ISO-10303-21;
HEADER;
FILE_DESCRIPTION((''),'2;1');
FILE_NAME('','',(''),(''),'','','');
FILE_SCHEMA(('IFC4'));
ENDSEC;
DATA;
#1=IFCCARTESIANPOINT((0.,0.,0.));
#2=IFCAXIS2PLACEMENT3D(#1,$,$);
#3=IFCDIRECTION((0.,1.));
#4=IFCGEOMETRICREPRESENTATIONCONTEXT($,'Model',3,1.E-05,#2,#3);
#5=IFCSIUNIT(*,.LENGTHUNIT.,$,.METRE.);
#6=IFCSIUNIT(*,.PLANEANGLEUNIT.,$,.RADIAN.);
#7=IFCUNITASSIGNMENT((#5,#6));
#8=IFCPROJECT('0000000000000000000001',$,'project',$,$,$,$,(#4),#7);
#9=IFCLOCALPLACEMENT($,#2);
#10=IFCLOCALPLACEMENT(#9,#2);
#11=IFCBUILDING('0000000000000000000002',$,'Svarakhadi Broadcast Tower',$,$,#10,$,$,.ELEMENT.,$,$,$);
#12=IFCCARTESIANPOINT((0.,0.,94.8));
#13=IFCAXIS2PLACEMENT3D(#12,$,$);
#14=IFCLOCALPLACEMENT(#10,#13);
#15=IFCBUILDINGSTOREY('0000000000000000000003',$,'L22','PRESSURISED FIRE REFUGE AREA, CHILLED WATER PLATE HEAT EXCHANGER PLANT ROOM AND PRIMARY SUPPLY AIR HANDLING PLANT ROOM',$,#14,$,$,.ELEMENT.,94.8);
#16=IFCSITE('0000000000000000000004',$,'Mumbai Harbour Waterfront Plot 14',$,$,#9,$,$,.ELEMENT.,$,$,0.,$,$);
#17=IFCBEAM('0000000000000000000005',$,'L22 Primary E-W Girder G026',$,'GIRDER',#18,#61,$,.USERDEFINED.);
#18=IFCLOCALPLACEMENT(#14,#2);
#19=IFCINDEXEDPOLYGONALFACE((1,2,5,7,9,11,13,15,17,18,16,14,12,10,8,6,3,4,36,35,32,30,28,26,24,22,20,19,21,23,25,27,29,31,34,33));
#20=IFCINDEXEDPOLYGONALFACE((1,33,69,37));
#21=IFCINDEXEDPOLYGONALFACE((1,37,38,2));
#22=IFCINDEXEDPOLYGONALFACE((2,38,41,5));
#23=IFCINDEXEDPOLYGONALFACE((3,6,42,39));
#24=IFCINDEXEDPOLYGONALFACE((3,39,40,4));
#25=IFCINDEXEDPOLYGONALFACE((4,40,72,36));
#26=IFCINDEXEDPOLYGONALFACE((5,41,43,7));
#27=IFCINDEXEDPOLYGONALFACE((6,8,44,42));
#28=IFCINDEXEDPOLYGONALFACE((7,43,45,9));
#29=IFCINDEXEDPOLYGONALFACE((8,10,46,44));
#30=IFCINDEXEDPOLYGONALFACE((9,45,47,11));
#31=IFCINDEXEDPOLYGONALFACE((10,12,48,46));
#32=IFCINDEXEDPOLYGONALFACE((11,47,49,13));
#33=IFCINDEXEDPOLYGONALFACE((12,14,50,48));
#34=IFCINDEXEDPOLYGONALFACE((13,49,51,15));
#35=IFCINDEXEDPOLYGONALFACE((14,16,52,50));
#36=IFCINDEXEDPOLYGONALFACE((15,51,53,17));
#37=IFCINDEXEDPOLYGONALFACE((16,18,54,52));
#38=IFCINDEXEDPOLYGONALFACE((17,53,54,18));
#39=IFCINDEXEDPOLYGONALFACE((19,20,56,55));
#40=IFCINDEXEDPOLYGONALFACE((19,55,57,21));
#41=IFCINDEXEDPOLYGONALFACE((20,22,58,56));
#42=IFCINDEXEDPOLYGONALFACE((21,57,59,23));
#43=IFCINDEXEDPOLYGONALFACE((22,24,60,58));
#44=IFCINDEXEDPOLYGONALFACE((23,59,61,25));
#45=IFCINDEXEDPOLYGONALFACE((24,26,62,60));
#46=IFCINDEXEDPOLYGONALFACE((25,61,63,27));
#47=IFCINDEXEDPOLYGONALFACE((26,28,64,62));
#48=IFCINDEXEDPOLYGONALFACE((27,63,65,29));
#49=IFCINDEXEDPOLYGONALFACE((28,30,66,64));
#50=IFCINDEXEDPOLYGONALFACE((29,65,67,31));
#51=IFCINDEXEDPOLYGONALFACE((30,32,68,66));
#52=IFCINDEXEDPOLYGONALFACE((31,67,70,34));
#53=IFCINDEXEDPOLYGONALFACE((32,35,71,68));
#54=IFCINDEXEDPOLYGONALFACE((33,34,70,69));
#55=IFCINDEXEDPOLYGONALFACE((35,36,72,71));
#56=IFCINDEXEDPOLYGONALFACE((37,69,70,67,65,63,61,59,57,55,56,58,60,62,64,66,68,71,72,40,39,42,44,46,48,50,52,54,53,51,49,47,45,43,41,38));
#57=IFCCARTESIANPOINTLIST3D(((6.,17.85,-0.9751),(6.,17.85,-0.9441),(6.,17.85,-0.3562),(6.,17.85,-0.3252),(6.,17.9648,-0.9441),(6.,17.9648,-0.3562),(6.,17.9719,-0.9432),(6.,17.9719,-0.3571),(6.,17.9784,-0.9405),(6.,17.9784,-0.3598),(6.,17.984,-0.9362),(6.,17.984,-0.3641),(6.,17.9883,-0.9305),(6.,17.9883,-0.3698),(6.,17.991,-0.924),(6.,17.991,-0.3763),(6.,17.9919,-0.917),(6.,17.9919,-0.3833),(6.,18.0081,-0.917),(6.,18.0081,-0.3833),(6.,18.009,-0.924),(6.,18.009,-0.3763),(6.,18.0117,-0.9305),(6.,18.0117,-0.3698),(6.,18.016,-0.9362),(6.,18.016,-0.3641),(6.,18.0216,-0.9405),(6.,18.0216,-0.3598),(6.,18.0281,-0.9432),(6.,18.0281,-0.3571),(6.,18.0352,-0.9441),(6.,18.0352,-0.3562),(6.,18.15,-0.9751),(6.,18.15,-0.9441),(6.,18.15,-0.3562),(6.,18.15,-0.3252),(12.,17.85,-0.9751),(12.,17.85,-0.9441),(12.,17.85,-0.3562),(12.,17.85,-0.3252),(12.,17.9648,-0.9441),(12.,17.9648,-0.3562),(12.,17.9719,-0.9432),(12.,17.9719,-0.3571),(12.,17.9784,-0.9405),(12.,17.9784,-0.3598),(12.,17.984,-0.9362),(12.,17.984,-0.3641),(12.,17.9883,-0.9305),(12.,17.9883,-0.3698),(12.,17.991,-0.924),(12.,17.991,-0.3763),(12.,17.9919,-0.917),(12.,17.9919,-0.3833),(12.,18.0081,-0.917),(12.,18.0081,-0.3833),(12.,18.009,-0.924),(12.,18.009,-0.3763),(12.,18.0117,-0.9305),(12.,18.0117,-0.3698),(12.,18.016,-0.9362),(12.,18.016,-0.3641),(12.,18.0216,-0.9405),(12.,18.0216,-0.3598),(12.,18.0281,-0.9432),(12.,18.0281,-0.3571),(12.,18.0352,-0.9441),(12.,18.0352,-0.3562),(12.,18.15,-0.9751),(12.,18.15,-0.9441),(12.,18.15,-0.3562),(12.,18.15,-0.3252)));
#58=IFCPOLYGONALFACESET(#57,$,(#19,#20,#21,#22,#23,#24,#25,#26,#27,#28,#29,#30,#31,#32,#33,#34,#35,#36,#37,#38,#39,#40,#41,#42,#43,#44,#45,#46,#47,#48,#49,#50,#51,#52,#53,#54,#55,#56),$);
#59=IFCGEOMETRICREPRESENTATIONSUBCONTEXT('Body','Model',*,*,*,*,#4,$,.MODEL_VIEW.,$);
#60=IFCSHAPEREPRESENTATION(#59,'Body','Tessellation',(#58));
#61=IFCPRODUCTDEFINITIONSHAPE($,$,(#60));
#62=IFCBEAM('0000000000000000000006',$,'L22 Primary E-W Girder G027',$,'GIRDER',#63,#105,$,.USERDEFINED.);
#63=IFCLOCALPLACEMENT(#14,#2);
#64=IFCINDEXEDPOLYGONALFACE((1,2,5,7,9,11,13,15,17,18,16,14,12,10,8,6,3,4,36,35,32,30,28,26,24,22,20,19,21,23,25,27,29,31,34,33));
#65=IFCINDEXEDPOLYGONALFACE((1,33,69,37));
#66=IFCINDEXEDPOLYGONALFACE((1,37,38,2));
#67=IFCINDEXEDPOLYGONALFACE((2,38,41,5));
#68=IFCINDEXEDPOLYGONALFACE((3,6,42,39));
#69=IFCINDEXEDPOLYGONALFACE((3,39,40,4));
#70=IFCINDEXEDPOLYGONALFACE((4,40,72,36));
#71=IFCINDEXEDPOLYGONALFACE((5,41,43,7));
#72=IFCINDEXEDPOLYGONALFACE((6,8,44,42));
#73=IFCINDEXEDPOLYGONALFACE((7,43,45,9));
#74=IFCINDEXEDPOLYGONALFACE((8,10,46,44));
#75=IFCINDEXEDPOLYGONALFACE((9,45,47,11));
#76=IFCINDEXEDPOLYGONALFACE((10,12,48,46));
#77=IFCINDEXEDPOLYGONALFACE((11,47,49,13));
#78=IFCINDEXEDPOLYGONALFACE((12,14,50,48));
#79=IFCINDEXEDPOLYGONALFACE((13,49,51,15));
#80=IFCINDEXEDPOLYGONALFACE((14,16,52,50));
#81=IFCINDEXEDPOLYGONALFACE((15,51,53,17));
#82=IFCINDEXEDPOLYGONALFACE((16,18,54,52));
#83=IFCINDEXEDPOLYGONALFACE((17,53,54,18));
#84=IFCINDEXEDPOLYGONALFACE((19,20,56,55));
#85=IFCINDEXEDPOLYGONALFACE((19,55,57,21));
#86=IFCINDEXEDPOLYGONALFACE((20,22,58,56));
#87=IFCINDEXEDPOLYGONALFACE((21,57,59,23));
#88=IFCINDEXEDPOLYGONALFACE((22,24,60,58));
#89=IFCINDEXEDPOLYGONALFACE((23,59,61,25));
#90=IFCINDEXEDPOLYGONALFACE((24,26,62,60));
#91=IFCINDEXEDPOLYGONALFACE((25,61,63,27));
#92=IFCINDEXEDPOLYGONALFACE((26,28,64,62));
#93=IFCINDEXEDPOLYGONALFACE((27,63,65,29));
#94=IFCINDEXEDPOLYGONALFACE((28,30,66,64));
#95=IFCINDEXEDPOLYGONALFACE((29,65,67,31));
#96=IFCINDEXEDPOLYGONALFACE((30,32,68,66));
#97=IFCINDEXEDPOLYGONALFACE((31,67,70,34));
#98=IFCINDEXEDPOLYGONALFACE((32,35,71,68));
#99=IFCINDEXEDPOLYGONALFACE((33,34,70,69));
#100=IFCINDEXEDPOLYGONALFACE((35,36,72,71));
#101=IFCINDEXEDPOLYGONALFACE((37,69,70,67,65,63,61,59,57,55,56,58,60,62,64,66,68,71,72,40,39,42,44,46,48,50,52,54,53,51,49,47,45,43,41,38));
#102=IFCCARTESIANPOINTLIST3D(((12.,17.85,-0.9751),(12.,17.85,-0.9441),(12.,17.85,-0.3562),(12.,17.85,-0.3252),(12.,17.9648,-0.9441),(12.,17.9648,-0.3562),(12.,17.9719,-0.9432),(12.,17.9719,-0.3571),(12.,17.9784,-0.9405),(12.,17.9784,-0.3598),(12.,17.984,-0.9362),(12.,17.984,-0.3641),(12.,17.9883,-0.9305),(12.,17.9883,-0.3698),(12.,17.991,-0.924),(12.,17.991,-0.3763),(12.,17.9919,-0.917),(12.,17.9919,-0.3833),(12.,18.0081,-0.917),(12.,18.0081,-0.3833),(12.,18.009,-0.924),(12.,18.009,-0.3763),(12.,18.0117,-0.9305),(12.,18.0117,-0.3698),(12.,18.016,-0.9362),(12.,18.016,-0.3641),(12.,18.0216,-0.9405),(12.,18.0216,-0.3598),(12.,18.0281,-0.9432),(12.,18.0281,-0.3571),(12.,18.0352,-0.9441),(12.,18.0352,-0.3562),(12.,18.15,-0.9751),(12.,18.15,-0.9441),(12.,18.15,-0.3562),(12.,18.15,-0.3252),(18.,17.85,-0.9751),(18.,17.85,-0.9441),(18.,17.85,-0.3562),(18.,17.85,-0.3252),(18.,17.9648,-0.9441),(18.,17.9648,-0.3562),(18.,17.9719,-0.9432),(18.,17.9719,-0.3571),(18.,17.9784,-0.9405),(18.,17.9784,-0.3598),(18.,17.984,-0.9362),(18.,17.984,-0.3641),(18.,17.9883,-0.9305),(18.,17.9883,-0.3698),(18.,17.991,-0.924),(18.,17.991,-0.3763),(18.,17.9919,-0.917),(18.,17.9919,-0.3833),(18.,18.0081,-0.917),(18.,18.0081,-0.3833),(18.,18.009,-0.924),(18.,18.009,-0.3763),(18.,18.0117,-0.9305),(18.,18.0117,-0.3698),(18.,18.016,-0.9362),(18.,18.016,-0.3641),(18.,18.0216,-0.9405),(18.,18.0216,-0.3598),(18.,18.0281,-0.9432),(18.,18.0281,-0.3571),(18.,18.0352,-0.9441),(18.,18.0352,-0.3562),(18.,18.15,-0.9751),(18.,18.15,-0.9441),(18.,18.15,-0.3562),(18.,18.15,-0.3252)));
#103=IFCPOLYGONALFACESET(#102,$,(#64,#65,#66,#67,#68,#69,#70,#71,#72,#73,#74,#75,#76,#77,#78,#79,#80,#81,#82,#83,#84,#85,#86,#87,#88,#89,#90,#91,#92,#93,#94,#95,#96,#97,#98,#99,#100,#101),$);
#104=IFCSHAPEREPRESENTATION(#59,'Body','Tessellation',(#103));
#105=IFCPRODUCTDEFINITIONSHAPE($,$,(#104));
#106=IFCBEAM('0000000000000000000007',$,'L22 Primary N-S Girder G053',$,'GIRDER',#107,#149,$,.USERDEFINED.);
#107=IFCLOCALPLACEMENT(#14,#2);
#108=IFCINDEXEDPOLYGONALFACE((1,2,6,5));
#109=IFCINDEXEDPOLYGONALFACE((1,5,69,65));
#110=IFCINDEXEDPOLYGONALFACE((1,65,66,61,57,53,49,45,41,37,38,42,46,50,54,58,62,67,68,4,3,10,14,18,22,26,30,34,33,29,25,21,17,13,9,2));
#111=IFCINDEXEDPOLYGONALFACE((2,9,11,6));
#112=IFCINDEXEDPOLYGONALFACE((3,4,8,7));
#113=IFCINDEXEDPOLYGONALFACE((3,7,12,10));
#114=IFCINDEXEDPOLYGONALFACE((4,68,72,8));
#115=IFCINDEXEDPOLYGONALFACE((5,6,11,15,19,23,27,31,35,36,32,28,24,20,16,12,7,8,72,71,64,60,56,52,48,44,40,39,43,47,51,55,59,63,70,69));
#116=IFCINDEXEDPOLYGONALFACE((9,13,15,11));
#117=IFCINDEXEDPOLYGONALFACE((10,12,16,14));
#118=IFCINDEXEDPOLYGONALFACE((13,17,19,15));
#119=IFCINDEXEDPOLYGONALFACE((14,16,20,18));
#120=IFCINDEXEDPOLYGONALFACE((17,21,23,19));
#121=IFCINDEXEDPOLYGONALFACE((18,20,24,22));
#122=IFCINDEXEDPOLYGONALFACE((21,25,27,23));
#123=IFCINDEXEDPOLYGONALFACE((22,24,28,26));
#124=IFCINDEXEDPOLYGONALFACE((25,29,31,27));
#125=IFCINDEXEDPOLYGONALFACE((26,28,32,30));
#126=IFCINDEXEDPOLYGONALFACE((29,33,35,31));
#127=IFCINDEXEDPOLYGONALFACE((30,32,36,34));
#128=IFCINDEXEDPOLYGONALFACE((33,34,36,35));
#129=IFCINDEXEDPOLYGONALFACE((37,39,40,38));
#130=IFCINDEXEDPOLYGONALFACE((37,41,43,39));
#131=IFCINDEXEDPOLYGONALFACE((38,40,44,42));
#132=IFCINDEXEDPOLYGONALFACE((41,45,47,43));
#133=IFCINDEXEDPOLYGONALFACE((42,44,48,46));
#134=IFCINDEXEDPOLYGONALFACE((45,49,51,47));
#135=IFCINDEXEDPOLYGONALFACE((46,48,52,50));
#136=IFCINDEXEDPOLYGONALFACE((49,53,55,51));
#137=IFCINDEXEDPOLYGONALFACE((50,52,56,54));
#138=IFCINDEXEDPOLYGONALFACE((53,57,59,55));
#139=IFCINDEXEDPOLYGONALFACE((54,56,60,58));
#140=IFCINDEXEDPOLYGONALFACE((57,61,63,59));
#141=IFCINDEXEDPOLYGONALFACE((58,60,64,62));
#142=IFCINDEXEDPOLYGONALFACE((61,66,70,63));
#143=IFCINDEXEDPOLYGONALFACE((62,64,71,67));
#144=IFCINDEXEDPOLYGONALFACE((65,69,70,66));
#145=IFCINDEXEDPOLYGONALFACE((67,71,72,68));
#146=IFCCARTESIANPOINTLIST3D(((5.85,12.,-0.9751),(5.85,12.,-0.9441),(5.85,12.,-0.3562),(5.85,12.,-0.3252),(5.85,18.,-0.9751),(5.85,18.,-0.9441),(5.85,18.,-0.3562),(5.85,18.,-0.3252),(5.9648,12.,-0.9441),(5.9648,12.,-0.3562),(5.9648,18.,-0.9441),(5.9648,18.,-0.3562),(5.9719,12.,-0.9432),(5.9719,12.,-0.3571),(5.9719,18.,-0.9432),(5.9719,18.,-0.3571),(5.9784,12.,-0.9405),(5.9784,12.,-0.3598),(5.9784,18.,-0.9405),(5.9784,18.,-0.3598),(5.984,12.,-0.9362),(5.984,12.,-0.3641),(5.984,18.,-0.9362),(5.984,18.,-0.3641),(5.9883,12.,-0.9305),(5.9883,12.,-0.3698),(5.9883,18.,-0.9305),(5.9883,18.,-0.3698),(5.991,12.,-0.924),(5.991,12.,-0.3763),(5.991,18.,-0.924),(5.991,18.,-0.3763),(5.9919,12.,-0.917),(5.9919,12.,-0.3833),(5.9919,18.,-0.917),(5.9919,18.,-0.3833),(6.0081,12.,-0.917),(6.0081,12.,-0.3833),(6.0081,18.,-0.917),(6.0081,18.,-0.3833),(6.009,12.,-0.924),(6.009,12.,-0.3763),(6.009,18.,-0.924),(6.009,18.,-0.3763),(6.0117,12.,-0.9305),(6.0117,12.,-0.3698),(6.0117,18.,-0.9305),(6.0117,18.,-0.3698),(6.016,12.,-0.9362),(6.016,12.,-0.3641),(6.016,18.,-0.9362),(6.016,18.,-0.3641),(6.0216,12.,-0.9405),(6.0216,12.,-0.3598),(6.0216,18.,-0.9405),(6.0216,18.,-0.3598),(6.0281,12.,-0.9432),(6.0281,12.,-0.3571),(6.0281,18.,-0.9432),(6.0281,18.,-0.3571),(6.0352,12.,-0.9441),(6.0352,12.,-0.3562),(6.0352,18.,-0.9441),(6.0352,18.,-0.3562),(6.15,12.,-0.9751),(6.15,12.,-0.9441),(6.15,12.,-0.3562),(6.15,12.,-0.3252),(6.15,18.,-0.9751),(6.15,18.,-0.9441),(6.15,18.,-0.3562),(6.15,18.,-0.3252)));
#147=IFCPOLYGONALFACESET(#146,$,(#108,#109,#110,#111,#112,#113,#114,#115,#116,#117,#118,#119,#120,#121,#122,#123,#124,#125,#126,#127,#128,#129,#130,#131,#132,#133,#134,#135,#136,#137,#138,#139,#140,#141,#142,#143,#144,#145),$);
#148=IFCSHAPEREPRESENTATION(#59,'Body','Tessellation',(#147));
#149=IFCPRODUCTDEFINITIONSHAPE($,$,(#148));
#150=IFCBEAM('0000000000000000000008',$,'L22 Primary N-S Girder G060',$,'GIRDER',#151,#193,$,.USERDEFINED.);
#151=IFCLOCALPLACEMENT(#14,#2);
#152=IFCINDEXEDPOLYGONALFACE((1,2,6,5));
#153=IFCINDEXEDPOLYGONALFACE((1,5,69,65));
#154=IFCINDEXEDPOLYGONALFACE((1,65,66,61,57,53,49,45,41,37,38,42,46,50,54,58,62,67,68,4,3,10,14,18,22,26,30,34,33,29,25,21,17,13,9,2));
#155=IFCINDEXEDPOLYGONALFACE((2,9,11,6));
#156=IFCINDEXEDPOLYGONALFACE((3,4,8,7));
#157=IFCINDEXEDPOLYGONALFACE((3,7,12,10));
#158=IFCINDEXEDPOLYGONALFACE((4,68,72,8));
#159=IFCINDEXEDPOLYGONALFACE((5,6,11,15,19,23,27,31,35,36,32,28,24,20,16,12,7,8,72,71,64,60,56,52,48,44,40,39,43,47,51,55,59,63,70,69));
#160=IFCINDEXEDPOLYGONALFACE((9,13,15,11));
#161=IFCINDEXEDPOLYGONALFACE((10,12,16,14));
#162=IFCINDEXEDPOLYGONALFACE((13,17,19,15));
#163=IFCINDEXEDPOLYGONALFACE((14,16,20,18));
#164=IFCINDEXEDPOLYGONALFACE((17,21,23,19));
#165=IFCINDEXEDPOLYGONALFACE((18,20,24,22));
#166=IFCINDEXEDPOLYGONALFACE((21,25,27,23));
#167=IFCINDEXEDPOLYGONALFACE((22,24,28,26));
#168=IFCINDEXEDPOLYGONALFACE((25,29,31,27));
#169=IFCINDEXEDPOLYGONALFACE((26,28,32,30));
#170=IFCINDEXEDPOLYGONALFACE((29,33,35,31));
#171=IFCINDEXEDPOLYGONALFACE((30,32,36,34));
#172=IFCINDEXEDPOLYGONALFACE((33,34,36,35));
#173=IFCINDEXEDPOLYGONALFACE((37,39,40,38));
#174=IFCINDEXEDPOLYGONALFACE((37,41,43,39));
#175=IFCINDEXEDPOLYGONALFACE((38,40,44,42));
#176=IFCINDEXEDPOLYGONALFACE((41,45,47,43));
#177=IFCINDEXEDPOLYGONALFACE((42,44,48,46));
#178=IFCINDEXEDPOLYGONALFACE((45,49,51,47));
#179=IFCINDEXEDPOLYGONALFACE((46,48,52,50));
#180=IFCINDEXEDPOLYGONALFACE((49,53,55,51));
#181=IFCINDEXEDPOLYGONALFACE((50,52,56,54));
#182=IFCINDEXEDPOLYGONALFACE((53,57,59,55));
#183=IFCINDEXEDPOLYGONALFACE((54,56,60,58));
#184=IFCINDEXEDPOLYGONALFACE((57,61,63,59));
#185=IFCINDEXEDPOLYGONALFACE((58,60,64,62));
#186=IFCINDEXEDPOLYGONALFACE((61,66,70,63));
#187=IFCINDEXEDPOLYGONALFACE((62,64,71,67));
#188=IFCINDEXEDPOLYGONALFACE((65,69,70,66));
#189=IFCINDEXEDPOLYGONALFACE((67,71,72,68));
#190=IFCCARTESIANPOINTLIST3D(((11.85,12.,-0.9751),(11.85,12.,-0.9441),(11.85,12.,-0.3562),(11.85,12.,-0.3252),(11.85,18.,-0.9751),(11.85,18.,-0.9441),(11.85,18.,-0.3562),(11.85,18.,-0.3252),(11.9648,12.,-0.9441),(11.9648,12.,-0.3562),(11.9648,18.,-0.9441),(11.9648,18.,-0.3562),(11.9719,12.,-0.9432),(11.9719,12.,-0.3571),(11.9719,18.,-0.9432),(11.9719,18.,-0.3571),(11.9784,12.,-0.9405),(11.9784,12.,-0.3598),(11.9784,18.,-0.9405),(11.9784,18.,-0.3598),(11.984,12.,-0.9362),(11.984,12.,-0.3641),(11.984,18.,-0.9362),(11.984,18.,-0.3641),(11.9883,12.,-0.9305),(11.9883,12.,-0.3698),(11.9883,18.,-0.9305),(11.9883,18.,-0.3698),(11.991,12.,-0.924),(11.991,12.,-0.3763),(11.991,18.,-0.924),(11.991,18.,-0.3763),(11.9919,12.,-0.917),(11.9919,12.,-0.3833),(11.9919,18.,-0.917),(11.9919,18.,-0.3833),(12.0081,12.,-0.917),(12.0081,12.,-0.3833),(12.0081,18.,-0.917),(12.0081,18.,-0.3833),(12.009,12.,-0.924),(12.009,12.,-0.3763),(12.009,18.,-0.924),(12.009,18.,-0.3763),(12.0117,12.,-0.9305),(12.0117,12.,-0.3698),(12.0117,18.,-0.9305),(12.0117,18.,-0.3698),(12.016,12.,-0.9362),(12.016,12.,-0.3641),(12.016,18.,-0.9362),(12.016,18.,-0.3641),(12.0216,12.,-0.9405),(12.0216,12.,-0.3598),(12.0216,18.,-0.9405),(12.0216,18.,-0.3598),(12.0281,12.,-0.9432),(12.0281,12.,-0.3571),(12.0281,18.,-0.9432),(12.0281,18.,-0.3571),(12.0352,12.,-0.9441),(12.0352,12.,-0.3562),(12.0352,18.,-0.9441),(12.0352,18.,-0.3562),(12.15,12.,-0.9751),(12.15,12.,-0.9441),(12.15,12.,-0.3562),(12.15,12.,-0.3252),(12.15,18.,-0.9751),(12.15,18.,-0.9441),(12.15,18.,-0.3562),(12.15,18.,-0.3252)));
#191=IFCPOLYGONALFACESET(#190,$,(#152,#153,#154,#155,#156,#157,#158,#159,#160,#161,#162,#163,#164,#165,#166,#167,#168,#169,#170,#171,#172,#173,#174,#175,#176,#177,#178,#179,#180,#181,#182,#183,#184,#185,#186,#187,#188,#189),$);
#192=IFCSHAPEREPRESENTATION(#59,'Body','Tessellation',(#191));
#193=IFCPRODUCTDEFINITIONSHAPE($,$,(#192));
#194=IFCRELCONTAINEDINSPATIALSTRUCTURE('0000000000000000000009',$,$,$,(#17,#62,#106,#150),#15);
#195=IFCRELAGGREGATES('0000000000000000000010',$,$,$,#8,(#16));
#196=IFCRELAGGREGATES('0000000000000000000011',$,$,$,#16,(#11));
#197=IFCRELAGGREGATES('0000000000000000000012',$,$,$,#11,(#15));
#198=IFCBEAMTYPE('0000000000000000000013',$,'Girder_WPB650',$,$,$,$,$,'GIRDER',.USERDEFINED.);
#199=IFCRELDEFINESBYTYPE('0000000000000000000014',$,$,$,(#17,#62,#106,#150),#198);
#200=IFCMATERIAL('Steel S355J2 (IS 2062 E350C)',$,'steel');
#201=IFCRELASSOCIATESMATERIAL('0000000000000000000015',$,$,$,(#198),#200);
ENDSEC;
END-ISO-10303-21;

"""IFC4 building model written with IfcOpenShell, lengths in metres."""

from ifc_helpers import new_model, si_unit, direction, frame, origin, origin_2d, place, context, subcontext, project, spatial, i_section, extrude, material, material_profile, profile_set, type_object, element, save


model = new_model("IFC4")

# Units and contexts
model_context = context("Model", 3, precision=1e-05, world=origin(), true_north=direction((0.0, 1.0)))
body_context = subcontext(model_context, "Body", "Model", "MODEL_VIEW")
ifc_project = project(units=[si_unit("LENGTHUNIT", "METRE"), si_unit("PLANEANGLEUNIT", "RADIAN")], contexts=[model_context])

# Site, building, storey
site_placement = place(None, origin())
site = spatial("IfcSite", under=ifc_project, at=site_placement, Name="Mumbai Harbour Waterfront Plot 14", CompositionType="ELEMENT", RefElevation=0.0)
building_placement = place(site_placement, origin())
building = spatial("IfcBuilding", under=site, at=building_placement, Name="Svarakhadi Broadcast Tower", CompositionType="ELEMENT")
storey_placement = place(building_placement, frame((0.0, 0.0, 94.8)))
storey = spatial("IfcBuildingStorey", under=building, at=storey_placement, Name="L22", Description="PRESSURISED FIRE REFUGE AREA, CHILLED WATER PLATE HEAT EXCHANGER PLANT ROOM AND PRIMARY SUPPLY AIR HANDLING PLANT ROOM", CompositionType="ELEMENT", Elevation=94.8)

# Beams
ifc_material_1 = material(Name="Steel S355J2 (IS 2062 E350C)", Category="steel")
ifc_material_profile_1 = material_profile(ifc_material_1, i_section(OverallWidth=0.3, OverallDepth=0.6499, WebThickness=0.0161, FlangeThickness=0.031, FilletRadius=0.0271, at=origin_2d()), Name="WPB 650x300x225")
ifc_profile_set_1 = profile_set([ifc_material_profile_1], Name="Steel S355J2 (IS 2062 E350C)")
beam_type_1 = type_object("IfcBeamType", Name="Girder_WPB650", ElementType="GIRDER", PredefinedType="USERDEFINED", material=ifc_profile_set_1)
for number, where, z_axis, x_axis, name in (
    (1, (6.0, 18.0, -0.6501), (1.0, 0.0, 0.0), (0.0, 1.0, 0.0), "L22 Primary E-W Girder G026"),
    (2, (12.0, 18.0, -0.6501), (1.0, 0.0, 0.0), (0.0, 1.0, 0.0), "L22 Primary E-W Girder G027"),
    (3, (6.0, 12.0, -0.6501), (0.0, 1.0, 0.0), (-1.0, 0.0, 0.0), "L22 Primary N-S Girder G053"),
    (4, (12.0, 12.0, -0.6501), (0.0, 1.0, 0.0), (-1.0, 0.0, 0.0), "L22 Primary N-S Girder G060"),
):
    element("IfcBeam", number, at=place(storey_placement, frame(where, z_axis=z_axis, x_axis=x_axis)), inside=storey, type_object=beam_type_1, Name=name, ObjectType="GIRDER", PredefinedType="USERDEFINED", context=body_context, shape_type="SweptSolid", body=[
        extrude(i_section(OverallWidth=0.3, OverallDepth=0.6499, WebThickness=0.0161, FlangeThickness=0.031, FilletRadius=0.0271, at=origin_2d()), origin(), (0.0, 0.0, 1.0), 6.0),
    ])

save(model, "model.ifc")
